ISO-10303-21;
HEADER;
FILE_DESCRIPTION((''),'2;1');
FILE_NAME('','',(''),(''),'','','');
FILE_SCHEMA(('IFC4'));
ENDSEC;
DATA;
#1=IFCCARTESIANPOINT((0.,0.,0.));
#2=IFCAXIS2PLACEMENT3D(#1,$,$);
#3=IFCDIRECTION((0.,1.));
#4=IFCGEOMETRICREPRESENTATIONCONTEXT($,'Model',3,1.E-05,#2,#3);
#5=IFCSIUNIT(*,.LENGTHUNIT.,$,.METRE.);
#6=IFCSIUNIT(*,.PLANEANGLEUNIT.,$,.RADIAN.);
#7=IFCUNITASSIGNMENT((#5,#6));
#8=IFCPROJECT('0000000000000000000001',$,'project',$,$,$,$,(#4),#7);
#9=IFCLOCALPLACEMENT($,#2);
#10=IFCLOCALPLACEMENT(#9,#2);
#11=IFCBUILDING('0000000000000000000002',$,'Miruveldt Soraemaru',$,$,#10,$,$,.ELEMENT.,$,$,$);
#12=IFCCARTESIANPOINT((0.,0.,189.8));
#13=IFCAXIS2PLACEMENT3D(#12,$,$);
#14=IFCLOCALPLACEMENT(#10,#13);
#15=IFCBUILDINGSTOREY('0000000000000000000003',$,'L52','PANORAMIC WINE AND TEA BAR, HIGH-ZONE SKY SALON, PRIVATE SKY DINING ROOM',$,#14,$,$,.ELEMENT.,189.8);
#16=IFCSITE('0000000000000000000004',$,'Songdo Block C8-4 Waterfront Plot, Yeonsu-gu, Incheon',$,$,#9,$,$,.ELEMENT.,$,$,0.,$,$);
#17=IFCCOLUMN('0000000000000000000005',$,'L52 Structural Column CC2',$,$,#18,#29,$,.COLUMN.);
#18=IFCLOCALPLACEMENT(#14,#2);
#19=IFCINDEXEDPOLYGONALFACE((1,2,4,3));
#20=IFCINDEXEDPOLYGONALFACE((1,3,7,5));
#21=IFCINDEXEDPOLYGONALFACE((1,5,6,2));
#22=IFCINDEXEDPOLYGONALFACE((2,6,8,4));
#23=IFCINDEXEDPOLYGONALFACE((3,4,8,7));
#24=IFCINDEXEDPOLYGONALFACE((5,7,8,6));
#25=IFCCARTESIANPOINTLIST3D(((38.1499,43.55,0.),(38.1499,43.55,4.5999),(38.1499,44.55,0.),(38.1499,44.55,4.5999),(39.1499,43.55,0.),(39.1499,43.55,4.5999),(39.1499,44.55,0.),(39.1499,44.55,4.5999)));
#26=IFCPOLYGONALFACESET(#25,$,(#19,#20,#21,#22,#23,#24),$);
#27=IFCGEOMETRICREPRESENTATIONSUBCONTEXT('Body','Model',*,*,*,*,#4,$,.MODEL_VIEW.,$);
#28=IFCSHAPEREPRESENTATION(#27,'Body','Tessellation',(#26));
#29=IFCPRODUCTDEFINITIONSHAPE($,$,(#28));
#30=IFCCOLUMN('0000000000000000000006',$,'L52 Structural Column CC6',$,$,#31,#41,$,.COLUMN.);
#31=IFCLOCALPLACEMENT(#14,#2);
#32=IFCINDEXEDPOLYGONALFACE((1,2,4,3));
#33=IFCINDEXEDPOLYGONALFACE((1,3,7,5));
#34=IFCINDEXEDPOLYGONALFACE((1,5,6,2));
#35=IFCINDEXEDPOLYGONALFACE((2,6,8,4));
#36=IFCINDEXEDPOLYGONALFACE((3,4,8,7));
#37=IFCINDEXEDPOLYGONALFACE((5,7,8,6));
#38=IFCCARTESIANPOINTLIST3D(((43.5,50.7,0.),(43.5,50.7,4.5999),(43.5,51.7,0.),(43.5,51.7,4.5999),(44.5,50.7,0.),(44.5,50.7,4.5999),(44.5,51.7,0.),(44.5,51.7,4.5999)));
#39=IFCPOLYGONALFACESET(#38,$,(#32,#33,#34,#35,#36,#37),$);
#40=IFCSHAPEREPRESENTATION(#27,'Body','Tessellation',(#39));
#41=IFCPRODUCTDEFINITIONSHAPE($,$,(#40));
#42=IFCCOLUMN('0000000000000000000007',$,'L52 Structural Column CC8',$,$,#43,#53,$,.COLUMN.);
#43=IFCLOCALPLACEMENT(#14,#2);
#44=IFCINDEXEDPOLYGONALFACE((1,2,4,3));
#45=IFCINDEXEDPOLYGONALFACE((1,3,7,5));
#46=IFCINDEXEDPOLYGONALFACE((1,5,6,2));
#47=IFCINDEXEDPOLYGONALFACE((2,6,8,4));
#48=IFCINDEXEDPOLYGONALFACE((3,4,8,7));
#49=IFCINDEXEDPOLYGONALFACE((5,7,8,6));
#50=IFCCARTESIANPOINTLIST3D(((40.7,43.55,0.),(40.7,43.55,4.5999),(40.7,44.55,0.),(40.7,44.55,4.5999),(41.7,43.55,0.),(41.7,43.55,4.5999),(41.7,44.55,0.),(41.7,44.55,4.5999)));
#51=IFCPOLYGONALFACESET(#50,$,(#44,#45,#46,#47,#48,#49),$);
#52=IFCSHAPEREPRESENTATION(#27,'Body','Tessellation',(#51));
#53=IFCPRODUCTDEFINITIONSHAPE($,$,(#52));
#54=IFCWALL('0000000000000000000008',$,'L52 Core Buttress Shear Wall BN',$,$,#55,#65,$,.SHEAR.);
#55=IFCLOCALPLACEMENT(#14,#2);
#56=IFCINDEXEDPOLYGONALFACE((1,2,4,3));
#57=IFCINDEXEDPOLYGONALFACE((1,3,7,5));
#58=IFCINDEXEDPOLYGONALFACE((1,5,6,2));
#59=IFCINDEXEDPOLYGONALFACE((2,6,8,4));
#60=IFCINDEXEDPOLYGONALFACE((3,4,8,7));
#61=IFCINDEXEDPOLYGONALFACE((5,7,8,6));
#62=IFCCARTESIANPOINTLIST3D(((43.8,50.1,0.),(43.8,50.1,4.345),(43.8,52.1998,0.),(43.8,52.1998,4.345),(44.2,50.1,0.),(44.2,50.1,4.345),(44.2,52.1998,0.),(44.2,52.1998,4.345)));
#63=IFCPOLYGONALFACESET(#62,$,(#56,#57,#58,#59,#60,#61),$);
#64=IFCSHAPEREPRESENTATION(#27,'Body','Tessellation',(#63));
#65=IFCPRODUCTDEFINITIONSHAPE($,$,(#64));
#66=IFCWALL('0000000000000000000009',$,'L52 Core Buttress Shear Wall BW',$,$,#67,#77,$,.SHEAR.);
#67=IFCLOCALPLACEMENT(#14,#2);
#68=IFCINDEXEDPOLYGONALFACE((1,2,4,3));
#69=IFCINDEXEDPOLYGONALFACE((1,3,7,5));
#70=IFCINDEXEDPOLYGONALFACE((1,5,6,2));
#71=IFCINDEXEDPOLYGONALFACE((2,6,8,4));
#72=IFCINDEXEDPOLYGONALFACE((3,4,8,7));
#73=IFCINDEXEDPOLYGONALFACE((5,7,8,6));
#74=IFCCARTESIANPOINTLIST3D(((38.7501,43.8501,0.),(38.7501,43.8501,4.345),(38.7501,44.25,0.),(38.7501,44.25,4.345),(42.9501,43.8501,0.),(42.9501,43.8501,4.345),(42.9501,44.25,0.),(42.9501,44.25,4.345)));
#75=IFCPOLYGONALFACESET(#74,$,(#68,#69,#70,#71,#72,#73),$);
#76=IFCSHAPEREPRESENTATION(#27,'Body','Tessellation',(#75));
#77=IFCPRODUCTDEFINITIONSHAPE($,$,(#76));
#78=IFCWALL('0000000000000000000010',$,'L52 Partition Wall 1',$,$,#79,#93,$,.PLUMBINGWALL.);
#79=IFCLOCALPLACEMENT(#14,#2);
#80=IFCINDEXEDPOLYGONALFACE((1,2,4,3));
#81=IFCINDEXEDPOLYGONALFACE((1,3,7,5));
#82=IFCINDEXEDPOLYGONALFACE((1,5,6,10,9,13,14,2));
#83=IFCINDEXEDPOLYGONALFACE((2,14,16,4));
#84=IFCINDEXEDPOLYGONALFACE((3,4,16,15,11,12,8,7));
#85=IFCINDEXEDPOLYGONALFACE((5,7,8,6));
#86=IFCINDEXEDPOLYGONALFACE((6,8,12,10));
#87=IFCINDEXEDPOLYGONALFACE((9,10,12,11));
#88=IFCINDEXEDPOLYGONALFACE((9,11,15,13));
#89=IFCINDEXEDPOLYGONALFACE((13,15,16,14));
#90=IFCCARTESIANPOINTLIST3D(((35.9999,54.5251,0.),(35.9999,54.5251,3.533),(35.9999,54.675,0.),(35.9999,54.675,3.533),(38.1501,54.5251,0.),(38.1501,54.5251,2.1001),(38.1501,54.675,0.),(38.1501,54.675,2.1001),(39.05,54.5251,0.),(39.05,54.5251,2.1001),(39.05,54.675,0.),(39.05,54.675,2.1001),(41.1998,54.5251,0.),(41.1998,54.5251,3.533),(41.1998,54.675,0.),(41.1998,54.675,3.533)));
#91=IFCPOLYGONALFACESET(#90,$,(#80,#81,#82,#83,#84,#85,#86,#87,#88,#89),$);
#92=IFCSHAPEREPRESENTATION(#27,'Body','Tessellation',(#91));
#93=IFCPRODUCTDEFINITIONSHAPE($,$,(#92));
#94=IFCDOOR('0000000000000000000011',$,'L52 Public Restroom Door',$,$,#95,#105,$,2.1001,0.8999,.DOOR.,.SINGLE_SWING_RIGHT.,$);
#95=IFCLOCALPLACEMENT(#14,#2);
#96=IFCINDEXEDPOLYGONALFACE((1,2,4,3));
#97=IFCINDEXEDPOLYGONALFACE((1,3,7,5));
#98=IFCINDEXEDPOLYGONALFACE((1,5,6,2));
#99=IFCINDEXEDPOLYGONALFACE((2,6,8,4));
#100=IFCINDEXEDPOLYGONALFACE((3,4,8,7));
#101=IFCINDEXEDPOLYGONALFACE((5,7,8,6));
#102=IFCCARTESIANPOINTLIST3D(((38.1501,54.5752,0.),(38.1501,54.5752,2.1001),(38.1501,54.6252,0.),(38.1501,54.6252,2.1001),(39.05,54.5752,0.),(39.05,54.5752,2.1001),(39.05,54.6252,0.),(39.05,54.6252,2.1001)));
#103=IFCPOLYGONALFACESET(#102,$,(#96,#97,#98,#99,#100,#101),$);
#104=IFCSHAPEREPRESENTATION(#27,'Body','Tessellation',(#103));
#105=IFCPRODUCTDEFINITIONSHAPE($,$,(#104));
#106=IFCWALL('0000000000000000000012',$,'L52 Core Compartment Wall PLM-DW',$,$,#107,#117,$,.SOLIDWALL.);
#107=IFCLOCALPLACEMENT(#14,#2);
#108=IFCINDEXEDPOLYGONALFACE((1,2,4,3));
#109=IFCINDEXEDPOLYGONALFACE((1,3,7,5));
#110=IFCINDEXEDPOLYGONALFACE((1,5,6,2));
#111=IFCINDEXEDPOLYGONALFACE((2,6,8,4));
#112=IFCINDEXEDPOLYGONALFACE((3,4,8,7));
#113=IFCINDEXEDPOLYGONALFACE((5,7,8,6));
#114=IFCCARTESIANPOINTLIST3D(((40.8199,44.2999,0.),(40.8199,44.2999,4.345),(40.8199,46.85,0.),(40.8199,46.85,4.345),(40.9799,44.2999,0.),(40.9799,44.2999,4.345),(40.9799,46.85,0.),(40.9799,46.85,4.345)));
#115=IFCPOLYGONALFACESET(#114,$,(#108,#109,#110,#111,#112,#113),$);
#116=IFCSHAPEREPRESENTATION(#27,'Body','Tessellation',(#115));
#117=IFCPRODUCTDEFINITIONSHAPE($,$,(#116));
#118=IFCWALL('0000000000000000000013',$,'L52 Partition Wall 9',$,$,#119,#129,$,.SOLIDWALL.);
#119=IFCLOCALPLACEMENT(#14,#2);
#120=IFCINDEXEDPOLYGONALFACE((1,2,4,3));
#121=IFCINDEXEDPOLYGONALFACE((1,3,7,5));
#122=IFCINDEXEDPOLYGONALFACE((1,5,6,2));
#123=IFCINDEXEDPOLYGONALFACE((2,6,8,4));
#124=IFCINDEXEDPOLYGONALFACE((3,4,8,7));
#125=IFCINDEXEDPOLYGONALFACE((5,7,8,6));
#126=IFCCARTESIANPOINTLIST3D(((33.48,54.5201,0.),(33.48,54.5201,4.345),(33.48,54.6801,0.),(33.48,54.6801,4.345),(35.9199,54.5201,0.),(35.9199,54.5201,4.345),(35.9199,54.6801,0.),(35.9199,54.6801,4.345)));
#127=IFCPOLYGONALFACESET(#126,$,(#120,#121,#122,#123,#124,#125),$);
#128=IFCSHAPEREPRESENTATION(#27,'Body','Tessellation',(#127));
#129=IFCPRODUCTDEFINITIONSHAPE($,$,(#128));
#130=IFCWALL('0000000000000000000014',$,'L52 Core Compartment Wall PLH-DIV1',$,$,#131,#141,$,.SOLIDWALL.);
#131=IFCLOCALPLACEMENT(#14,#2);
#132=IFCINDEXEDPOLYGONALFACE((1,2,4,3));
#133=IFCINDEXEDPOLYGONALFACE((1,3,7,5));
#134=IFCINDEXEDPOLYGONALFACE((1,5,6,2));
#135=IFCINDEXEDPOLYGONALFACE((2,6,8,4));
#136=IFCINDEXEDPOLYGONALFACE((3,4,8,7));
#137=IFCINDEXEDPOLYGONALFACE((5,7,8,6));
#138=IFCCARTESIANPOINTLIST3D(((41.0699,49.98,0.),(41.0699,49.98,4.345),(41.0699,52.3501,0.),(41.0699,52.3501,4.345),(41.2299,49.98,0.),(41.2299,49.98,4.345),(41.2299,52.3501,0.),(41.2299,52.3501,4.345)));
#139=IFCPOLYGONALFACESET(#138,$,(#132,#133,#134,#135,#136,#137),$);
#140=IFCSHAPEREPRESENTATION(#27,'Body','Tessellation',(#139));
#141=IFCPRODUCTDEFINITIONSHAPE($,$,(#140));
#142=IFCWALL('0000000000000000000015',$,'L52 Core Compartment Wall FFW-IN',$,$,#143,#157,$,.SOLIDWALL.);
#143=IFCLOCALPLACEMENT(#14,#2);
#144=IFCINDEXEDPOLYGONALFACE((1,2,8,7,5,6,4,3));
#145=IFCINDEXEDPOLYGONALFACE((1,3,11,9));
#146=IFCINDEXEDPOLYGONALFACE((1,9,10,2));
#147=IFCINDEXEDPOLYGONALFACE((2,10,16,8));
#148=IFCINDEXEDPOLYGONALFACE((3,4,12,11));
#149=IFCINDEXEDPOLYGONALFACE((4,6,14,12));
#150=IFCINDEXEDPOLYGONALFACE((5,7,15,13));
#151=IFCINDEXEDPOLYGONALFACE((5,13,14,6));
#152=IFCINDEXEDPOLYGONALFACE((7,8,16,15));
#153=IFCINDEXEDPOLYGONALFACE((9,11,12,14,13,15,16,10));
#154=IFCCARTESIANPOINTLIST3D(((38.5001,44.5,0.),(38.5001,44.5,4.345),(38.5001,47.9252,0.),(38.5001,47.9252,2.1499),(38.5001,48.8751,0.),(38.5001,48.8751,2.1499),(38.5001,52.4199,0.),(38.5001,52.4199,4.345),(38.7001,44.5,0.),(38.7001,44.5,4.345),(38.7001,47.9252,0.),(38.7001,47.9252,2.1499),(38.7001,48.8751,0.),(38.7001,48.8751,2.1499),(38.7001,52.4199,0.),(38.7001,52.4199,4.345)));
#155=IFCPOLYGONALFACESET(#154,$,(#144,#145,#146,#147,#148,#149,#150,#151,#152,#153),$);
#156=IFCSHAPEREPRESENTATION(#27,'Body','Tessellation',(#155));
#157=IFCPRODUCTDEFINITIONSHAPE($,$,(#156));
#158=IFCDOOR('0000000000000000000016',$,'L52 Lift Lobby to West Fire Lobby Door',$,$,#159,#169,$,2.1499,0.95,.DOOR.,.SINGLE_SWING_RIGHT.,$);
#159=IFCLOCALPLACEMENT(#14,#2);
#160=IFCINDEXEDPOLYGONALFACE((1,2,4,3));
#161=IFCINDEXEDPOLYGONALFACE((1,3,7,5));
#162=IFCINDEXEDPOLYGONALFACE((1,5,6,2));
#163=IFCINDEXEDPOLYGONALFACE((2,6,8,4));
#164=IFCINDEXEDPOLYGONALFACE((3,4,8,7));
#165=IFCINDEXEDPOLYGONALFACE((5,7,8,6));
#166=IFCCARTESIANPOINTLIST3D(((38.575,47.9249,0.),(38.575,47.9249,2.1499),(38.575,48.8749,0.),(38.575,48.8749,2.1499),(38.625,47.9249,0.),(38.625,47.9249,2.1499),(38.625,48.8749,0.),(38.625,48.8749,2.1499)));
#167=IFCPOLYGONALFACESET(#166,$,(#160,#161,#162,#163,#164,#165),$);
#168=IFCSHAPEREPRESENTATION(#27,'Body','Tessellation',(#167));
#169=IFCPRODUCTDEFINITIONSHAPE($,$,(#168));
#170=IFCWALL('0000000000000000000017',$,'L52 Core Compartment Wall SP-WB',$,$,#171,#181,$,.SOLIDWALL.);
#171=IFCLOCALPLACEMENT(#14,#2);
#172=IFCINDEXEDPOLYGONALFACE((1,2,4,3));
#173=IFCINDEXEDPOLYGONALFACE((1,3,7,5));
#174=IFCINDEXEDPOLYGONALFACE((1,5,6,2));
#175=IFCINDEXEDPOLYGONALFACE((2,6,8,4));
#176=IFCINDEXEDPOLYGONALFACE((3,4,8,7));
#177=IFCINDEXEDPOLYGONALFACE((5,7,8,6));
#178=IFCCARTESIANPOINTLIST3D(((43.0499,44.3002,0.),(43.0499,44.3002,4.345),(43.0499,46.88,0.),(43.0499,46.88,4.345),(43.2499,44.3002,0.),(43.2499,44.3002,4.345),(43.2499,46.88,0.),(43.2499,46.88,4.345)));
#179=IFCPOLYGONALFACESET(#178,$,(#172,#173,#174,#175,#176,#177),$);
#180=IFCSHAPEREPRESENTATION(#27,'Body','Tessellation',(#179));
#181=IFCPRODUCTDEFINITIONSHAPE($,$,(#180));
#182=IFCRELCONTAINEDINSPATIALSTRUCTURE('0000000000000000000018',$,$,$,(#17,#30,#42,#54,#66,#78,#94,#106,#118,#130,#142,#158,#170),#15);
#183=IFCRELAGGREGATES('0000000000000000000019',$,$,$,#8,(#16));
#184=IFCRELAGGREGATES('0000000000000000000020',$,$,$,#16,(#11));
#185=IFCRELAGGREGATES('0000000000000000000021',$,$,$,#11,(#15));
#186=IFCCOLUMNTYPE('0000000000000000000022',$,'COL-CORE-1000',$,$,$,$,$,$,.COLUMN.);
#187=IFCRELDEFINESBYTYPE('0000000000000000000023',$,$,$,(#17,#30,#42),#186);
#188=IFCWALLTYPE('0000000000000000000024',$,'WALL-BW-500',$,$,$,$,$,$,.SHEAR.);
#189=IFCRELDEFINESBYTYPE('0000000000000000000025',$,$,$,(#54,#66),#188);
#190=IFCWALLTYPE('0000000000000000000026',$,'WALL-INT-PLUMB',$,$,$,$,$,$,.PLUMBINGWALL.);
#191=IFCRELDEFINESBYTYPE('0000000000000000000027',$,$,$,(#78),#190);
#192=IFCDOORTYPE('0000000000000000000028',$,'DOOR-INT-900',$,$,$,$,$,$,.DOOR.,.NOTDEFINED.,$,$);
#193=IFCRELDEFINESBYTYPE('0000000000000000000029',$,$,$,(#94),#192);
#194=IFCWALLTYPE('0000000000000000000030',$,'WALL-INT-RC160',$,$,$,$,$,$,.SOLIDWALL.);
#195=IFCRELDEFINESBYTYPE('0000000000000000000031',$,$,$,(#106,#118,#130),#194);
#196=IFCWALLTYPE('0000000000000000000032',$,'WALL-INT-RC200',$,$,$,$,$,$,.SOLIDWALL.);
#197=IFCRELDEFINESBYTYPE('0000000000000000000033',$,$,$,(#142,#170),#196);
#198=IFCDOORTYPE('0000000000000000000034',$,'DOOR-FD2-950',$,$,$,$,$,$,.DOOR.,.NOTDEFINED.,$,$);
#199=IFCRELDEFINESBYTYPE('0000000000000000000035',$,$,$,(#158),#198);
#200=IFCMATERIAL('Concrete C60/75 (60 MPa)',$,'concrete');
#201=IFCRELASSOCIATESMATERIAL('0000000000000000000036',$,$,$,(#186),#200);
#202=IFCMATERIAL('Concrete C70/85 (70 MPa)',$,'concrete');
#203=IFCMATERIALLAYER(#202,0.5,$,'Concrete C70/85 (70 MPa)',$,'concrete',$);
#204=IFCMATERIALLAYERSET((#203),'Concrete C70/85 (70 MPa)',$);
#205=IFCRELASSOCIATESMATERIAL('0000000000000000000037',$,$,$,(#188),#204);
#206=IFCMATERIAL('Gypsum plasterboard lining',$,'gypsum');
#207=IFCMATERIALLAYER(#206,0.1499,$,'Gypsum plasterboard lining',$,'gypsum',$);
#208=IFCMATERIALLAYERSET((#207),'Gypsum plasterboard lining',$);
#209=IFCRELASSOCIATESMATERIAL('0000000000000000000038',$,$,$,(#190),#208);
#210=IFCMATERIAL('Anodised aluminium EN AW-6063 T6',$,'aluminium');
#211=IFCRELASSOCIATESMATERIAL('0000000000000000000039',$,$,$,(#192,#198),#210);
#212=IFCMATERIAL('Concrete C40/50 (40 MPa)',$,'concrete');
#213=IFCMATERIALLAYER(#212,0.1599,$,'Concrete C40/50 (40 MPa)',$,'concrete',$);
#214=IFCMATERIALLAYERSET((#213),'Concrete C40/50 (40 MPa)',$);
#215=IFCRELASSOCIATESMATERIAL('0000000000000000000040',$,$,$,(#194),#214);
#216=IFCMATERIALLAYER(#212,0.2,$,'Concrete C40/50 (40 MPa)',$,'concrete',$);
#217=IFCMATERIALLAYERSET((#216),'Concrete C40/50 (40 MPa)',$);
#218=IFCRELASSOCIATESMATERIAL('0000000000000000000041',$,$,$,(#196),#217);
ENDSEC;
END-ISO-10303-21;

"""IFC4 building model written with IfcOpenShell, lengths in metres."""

from ifc_helpers import new_model, si_unit, direction, frame, frame_2d, origin, origin_2d, place, context, subcontext, project, spatial, rectangle, extrude, material, layer, layer_set, material_profile, profile_set, type_object, element, fill, save


model = new_model("IFC4")

# Units and contexts
model_context = context("Model", 3, precision=1e-05, world=origin(), true_north=direction((0.0, 1.0)))
body_context = subcontext(model_context, "Body", "Model", "MODEL_VIEW")
ifc_project = project(units=[si_unit("LENGTHUNIT", "METRE"), si_unit("PLANEANGLEUNIT", "RADIAN")], contexts=[model_context])

# Site, building, storey
site_placement = place(None, origin())
site = spatial("IfcSite", under=ifc_project, at=site_placement, Name="Songdo Block C8-4 Waterfront Plot, Yeonsu-gu, Incheon", CompositionType="ELEMENT", RefElevation=0.0)
building_placement = place(site_placement, origin())
building = spatial("IfcBuilding", under=site, at=building_placement, Name="Miruveldt Soraemaru", CompositionType="ELEMENT")
storey_placement = place(building_placement, frame((0.0, 0.0, 189.8)))
storey = spatial("IfcBuildingStorey", under=building, at=storey_placement, Name="L52", Description="PANORAMIC WINE AND TEA BAR, HIGH-ZONE SKY SALON, PRIVATE SKY DINING ROOM", CompositionType="ELEMENT", Elevation=189.8)

# Columns
ifc_material_1 = material(Name="Concrete C60/75 (60 MPa)", Category="concrete")
ifc_material_profile = material_profile(ifc_material_1, rectangle(XDim=1.0, YDim=1.0, at=origin_2d()), Name="Concrete C60/75 (60 MPa)", Category="concrete")
ifc_profile_set = profile_set([ifc_material_profile], Name="Concrete C60/75 (60 MPa)")
column_type = type_object("IfcColumnType", Name="COL-CORE-1000", PredefinedType="COLUMN", material=ifc_profile_set)
for number, where, z_axis, x_axis, name in (
    (1, (38.6499, 44.05, 0.0), (0.0, 0.0, 1.0), (1.0, 0.0, 0.0), "L52 Structural Column CC2"),
    (2, (44.0, 51.2, 0.0), (0.0, 0.0, 1.0), (1.0, 0.0, 0.0), "L52 Structural Column CC6"),
    (3, (41.2, 44.05, 0.0), (0.0, 0.0, 1.0), (1.0, 0.0, 0.0), "L52 Structural Column CC8"),
):
    element("IfcColumn", number, at=place(storey_placement, frame(where, z_axis=z_axis, x_axis=x_axis)), inside=storey, type_object=column_type, Name=name, PredefinedType="COLUMN", context=body_context, shape_type="SweptSolid", body=[
        extrude(rectangle(XDim=1.0, YDim=1.0, at=origin_2d()), origin(), (0.0, 0.0, 1.0), 4.5999),
    ])

# Walls
ifc_material_2 = material(Name="Concrete C70/85 (70 MPa)", Category="concrete")
ifc_layer_1 = layer(ifc_material_2, 0.5, Name="Concrete C70/85 (70 MPa)", Category="concrete")
ifc_layer_set_1 = layer_set([ifc_layer_1], Name="Concrete C70/85 (70 MPa)")
wall_type_1 = type_object("IfcWallType", Name="WALL-BW-500", PredefinedType="SHEAR", material=ifc_layer_set_1)
wall_1_placement = place(storey_placement, frame((44.0, 50.1001, 0.0), z_axis=(0.0, 0.0, 1.0), x_axis=(0.0, 1.0, 0.0)))
element("IfcWall", 4, at=wall_1_placement, inside=storey, type_object=wall_type_1, Name="L52 Core Buttress Shear Wall BN", PredefinedType="SHEAR", context=body_context, shape_type="SweptSolid", body=[
    extrude(rectangle(XDim=2.0999, YDim=0.3999, at=frame_2d((1.0498, 0.0))), origin(), (0.0, 0.0, 1.0), 4.345),
])
wall_2_placement = place(storey_placement, frame((38.75, 44.05, 0.0), z_axis=(0.0, 0.0, 1.0), x_axis=(1.0, 0.0, 0.0)))
element("IfcWall", 5, at=wall_2_placement, inside=storey, type_object=wall_type_1, Name="L52 Core Buttress Shear Wall BW", PredefinedType="SHEAR", context=body_context, shape_type="SweptSolid", body=[
    extrude(rectangle(XDim=4.2, YDim=0.3999, at=frame_2d((2.1001, 0.0))), origin(), (0.0, 0.0, 1.0), 4.345),
])

# Wall, opening, door
ifc_material_3 = material(Name="Gypsum plasterboard lining", Category="gypsum")
ifc_layer_2 = layer(ifc_material_3, 0.1499, Name="Gypsum plasterboard lining", Category="gypsum")
ifc_layer_set_2 = layer_set([ifc_layer_2], Name="Gypsum plasterboard lining")
wall_type_2 = type_object("IfcWallType", Name="WALL-INT-PLUMB", PredefinedType="PLUMBINGWALL", material=ifc_layer_set_2)
wall_3_placement = place(storey_placement, frame((41.2, 54.6001, 0.0), z_axis=(0.0, 0.0, 1.0), x_axis=(-1.0, 0.0, 0.0)))
wall_3 = element("IfcWall", 6, at=wall_3_placement, inside=storey, type_object=wall_type_2, Name="L52 Partition Wall 1", PredefinedType="PLUMBINGWALL", context=body_context, shape_type="SweptSolid", body=[
    extrude(rectangle(XDim=5.2, YDim=0.1499, at=frame_2d((2.6001, 0.0))), origin(), (0.0, 0.0, 1.0), 3.533),
])
opening_1_placement = place(wall_3_placement, frame((2.1499, 0.0, 0.0)))
opening_1 = element("IfcOpeningElement", 7, at=opening_1_placement, cuts=wall_3, PredefinedType="OPENING", context=body_context, shape_type="SweptSolid", body=[
    extrude(rectangle(XDim=0.8999, YDim=2.1001, at=frame_2d((0.45, 1.05))), frame((0.0, 0.085, 0.0), z_axis=(0.0, -1.0, 0.0), x_axis=(1.0, 0.0, 0.0)), (0.0, 0.0, 1.0), 0.1699),
])
ifc_material_4 = material(Name="Anodised aluminium EN AW-6063 T6", Category="aluminium")
door_type_1 = type_object("IfcDoorType", Name="DOOR-INT-900", OperationType="NOTDEFINED", PredefinedType="DOOR", material=ifc_material_4)
door_1_placement = place(opening_1_placement, origin())
door_1 = element("IfcDoor", 8, at=door_1_placement, inside=storey, type_object=door_type_1, Name="L52 Public Restroom Door", OperationType="SINGLE_SWING_RIGHT", OverallHeight=2.1001, OverallWidth=0.8999, PredefinedType="DOOR", context=body_context, shape_type="SweptSolid", body=[
    extrude(rectangle(XDim=0.8999, YDim=2.1001, at=frame_2d((0.45, 1.05))), frame((0.0, 0.0249, 0.0), z_axis=(0.0, -1.0, 0.0), x_axis=(1.0, 0.0, 0.0)), (0.0, 0.0, 1.0), 0.05),
])
fill(opening_1, door_1)

# Walls
ifc_material_5 = material(Name="Concrete C40/50 (40 MPa)", Category="concrete")
ifc_layer_3 = layer(ifc_material_5, 0.1599, Name="Concrete C40/50 (40 MPa)", Category="concrete")
ifc_layer_set_3 = layer_set([ifc_layer_3], Name="Concrete C40/50 (40 MPa)")
wall_type_3 = type_object("IfcWallType", Name="WALL-INT-RC160", PredefinedType="SOLIDWALL", material=ifc_layer_set_3)
wall_4_placement = place(storey_placement, frame((40.8999, 44.3, 0.0), z_axis=(0.0, 0.0, 1.0), x_axis=(0.0, 1.0, 0.0)))
element("IfcWall", 9, at=wall_4_placement, inside=storey, type_object=wall_type_3, Name="L52 Core Compartment Wall PLM-DW", PredefinedType="SOLIDWALL", context=body_context, shape_type="SweptSolid", body=[
    extrude(rectangle(XDim=2.55, YDim=0.1599, at=frame_2d((1.2749, 0.0))), origin(), (0.0, 0.0, 1.0), 4.345),
])
wall_5_placement = place(storey_placement, frame((35.9199, 54.6001, 0.0), z_axis=(0.0, 0.0, 1.0), x_axis=(-1.0, 0.0, 0.0)))
element("IfcWall", 10, at=wall_5_placement, inside=storey, type_object=wall_type_3, Name="L52 Partition Wall 9", PredefinedType="SOLIDWALL", context=body_context, shape_type="SweptSolid", body=[
    extrude(rectangle(XDim=2.4399, YDim=0.1599, at=frame_2d((1.22, 0.0))), origin(), (0.0, 0.0, 1.0), 4.345),
])
wall_6_placement = place(storey_placement, frame((41.1499, 49.98, 0.0), z_axis=(0.0, 0.0, 1.0), x_axis=(0.0, 1.0, 0.0)))
element("IfcWall", 11, at=wall_6_placement, inside=storey, type_object=wall_type_3, Name="L52 Core Compartment Wall PLH-DIV1", PredefinedType="SOLIDWALL", context=body_context, shape_type="SweptSolid", body=[
    extrude(rectangle(XDim=2.3701, YDim=0.1599, at=frame_2d((1.1851, 0.0))), origin(), (0.0, 0.0, 1.0), 4.345),
])

# Wall, opening, door
ifc_layer_4 = layer(ifc_material_5, 0.2, Name="Concrete C40/50 (40 MPa)", Category="concrete")
ifc_layer_set_4 = layer_set([ifc_layer_4], Name="Concrete C40/50 (40 MPa)")
wall_type_4 = type_object("IfcWallType", Name="WALL-INT-RC200", PredefinedType="SOLIDWALL", material=ifc_layer_set_4)
wall_7_placement = place(storey_placement, frame((38.6001, 44.5, 0.0), z_axis=(0.0, 0.0, 1.0), x_axis=(0.0, 1.0, 0.0)))
wall_7 = element("IfcWall", 12, at=wall_7_placement, inside=storey, type_object=wall_type_4, Name="L52 Core Compartment Wall FFW-IN", PredefinedType="SOLIDWALL", context=body_context, shape_type="SweptSolid", body=[
    extrude(rectangle(XDim=7.9199, YDim=0.2, at=frame_2d((3.96, 0.0))), origin(), (0.0, 0.0, 1.0), 4.345),
])
opening_2_placement = place(wall_7_placement, frame((3.425, 0.0, 0.0)))
opening_2 = element("IfcOpeningElement", 13, at=opening_2_placement, cuts=wall_7, PredefinedType="OPENING", context=body_context, shape_type="SweptSolid", body=[
    extrude(rectangle(XDim=0.95, YDim=2.1499, at=frame_2d((0.4751, 1.075))), frame((0.0, 0.1099, 0.0), z_axis=(0.0, -1.0, 0.0), x_axis=(1.0, 0.0, 0.0)), (0.0, 0.0, 1.0), 0.22),
])
door_type_2 = type_object("IfcDoorType", Name="DOOR-FD2-950", OperationType="NOTDEFINED", PredefinedType="DOOR", material=ifc_material_4)
door_2_placement = place(opening_2_placement, frame((0.95, 0.0, 0.0), z_axis=(0.0, 0.0, 1.0), x_axis=(-1.0, 0.0, 0.0)))
door_2 = element("IfcDoor", 14, at=door_2_placement, inside=storey, type_object=door_type_2, Name="L52 Lift Lobby to West Fire Lobby Door", OperationType="SINGLE_SWING_RIGHT", OverallHeight=2.1499, OverallWidth=0.95, PredefinedType="DOOR", context=body_context, shape_type="SweptSolid", body=[
    extrude(rectangle(XDim=0.95, YDim=2.1499, at=frame_2d((0.4751, 1.075))), frame((0.0, 0.0249, 0.0), z_axis=(0.0, -1.0, 0.0), x_axis=(1.0, 0.0, 0.0)), (0.0, 0.0, 1.0), 0.05),
])
fill(opening_2, door_2)

# Wall
wall_8_placement = place(storey_placement, frame((43.1499, 44.3, 0.0), z_axis=(0.0, 0.0, 1.0), x_axis=(0.0, 1.0, 0.0)))
element("IfcWall", 15, at=wall_8_placement, inside=storey, type_object=wall_type_4, Name="L52 Core Compartment Wall SP-WB", PredefinedType="SOLIDWALL", context=body_context, shape_type="SweptSolid", body=[
    extrude(rectangle(XDim=2.5798, YDim=0.2, at=frame_2d((1.29, 0.0))), origin(), (0.0, 0.0, 1.0), 4.345),
])

save(model, "model.ifc")
